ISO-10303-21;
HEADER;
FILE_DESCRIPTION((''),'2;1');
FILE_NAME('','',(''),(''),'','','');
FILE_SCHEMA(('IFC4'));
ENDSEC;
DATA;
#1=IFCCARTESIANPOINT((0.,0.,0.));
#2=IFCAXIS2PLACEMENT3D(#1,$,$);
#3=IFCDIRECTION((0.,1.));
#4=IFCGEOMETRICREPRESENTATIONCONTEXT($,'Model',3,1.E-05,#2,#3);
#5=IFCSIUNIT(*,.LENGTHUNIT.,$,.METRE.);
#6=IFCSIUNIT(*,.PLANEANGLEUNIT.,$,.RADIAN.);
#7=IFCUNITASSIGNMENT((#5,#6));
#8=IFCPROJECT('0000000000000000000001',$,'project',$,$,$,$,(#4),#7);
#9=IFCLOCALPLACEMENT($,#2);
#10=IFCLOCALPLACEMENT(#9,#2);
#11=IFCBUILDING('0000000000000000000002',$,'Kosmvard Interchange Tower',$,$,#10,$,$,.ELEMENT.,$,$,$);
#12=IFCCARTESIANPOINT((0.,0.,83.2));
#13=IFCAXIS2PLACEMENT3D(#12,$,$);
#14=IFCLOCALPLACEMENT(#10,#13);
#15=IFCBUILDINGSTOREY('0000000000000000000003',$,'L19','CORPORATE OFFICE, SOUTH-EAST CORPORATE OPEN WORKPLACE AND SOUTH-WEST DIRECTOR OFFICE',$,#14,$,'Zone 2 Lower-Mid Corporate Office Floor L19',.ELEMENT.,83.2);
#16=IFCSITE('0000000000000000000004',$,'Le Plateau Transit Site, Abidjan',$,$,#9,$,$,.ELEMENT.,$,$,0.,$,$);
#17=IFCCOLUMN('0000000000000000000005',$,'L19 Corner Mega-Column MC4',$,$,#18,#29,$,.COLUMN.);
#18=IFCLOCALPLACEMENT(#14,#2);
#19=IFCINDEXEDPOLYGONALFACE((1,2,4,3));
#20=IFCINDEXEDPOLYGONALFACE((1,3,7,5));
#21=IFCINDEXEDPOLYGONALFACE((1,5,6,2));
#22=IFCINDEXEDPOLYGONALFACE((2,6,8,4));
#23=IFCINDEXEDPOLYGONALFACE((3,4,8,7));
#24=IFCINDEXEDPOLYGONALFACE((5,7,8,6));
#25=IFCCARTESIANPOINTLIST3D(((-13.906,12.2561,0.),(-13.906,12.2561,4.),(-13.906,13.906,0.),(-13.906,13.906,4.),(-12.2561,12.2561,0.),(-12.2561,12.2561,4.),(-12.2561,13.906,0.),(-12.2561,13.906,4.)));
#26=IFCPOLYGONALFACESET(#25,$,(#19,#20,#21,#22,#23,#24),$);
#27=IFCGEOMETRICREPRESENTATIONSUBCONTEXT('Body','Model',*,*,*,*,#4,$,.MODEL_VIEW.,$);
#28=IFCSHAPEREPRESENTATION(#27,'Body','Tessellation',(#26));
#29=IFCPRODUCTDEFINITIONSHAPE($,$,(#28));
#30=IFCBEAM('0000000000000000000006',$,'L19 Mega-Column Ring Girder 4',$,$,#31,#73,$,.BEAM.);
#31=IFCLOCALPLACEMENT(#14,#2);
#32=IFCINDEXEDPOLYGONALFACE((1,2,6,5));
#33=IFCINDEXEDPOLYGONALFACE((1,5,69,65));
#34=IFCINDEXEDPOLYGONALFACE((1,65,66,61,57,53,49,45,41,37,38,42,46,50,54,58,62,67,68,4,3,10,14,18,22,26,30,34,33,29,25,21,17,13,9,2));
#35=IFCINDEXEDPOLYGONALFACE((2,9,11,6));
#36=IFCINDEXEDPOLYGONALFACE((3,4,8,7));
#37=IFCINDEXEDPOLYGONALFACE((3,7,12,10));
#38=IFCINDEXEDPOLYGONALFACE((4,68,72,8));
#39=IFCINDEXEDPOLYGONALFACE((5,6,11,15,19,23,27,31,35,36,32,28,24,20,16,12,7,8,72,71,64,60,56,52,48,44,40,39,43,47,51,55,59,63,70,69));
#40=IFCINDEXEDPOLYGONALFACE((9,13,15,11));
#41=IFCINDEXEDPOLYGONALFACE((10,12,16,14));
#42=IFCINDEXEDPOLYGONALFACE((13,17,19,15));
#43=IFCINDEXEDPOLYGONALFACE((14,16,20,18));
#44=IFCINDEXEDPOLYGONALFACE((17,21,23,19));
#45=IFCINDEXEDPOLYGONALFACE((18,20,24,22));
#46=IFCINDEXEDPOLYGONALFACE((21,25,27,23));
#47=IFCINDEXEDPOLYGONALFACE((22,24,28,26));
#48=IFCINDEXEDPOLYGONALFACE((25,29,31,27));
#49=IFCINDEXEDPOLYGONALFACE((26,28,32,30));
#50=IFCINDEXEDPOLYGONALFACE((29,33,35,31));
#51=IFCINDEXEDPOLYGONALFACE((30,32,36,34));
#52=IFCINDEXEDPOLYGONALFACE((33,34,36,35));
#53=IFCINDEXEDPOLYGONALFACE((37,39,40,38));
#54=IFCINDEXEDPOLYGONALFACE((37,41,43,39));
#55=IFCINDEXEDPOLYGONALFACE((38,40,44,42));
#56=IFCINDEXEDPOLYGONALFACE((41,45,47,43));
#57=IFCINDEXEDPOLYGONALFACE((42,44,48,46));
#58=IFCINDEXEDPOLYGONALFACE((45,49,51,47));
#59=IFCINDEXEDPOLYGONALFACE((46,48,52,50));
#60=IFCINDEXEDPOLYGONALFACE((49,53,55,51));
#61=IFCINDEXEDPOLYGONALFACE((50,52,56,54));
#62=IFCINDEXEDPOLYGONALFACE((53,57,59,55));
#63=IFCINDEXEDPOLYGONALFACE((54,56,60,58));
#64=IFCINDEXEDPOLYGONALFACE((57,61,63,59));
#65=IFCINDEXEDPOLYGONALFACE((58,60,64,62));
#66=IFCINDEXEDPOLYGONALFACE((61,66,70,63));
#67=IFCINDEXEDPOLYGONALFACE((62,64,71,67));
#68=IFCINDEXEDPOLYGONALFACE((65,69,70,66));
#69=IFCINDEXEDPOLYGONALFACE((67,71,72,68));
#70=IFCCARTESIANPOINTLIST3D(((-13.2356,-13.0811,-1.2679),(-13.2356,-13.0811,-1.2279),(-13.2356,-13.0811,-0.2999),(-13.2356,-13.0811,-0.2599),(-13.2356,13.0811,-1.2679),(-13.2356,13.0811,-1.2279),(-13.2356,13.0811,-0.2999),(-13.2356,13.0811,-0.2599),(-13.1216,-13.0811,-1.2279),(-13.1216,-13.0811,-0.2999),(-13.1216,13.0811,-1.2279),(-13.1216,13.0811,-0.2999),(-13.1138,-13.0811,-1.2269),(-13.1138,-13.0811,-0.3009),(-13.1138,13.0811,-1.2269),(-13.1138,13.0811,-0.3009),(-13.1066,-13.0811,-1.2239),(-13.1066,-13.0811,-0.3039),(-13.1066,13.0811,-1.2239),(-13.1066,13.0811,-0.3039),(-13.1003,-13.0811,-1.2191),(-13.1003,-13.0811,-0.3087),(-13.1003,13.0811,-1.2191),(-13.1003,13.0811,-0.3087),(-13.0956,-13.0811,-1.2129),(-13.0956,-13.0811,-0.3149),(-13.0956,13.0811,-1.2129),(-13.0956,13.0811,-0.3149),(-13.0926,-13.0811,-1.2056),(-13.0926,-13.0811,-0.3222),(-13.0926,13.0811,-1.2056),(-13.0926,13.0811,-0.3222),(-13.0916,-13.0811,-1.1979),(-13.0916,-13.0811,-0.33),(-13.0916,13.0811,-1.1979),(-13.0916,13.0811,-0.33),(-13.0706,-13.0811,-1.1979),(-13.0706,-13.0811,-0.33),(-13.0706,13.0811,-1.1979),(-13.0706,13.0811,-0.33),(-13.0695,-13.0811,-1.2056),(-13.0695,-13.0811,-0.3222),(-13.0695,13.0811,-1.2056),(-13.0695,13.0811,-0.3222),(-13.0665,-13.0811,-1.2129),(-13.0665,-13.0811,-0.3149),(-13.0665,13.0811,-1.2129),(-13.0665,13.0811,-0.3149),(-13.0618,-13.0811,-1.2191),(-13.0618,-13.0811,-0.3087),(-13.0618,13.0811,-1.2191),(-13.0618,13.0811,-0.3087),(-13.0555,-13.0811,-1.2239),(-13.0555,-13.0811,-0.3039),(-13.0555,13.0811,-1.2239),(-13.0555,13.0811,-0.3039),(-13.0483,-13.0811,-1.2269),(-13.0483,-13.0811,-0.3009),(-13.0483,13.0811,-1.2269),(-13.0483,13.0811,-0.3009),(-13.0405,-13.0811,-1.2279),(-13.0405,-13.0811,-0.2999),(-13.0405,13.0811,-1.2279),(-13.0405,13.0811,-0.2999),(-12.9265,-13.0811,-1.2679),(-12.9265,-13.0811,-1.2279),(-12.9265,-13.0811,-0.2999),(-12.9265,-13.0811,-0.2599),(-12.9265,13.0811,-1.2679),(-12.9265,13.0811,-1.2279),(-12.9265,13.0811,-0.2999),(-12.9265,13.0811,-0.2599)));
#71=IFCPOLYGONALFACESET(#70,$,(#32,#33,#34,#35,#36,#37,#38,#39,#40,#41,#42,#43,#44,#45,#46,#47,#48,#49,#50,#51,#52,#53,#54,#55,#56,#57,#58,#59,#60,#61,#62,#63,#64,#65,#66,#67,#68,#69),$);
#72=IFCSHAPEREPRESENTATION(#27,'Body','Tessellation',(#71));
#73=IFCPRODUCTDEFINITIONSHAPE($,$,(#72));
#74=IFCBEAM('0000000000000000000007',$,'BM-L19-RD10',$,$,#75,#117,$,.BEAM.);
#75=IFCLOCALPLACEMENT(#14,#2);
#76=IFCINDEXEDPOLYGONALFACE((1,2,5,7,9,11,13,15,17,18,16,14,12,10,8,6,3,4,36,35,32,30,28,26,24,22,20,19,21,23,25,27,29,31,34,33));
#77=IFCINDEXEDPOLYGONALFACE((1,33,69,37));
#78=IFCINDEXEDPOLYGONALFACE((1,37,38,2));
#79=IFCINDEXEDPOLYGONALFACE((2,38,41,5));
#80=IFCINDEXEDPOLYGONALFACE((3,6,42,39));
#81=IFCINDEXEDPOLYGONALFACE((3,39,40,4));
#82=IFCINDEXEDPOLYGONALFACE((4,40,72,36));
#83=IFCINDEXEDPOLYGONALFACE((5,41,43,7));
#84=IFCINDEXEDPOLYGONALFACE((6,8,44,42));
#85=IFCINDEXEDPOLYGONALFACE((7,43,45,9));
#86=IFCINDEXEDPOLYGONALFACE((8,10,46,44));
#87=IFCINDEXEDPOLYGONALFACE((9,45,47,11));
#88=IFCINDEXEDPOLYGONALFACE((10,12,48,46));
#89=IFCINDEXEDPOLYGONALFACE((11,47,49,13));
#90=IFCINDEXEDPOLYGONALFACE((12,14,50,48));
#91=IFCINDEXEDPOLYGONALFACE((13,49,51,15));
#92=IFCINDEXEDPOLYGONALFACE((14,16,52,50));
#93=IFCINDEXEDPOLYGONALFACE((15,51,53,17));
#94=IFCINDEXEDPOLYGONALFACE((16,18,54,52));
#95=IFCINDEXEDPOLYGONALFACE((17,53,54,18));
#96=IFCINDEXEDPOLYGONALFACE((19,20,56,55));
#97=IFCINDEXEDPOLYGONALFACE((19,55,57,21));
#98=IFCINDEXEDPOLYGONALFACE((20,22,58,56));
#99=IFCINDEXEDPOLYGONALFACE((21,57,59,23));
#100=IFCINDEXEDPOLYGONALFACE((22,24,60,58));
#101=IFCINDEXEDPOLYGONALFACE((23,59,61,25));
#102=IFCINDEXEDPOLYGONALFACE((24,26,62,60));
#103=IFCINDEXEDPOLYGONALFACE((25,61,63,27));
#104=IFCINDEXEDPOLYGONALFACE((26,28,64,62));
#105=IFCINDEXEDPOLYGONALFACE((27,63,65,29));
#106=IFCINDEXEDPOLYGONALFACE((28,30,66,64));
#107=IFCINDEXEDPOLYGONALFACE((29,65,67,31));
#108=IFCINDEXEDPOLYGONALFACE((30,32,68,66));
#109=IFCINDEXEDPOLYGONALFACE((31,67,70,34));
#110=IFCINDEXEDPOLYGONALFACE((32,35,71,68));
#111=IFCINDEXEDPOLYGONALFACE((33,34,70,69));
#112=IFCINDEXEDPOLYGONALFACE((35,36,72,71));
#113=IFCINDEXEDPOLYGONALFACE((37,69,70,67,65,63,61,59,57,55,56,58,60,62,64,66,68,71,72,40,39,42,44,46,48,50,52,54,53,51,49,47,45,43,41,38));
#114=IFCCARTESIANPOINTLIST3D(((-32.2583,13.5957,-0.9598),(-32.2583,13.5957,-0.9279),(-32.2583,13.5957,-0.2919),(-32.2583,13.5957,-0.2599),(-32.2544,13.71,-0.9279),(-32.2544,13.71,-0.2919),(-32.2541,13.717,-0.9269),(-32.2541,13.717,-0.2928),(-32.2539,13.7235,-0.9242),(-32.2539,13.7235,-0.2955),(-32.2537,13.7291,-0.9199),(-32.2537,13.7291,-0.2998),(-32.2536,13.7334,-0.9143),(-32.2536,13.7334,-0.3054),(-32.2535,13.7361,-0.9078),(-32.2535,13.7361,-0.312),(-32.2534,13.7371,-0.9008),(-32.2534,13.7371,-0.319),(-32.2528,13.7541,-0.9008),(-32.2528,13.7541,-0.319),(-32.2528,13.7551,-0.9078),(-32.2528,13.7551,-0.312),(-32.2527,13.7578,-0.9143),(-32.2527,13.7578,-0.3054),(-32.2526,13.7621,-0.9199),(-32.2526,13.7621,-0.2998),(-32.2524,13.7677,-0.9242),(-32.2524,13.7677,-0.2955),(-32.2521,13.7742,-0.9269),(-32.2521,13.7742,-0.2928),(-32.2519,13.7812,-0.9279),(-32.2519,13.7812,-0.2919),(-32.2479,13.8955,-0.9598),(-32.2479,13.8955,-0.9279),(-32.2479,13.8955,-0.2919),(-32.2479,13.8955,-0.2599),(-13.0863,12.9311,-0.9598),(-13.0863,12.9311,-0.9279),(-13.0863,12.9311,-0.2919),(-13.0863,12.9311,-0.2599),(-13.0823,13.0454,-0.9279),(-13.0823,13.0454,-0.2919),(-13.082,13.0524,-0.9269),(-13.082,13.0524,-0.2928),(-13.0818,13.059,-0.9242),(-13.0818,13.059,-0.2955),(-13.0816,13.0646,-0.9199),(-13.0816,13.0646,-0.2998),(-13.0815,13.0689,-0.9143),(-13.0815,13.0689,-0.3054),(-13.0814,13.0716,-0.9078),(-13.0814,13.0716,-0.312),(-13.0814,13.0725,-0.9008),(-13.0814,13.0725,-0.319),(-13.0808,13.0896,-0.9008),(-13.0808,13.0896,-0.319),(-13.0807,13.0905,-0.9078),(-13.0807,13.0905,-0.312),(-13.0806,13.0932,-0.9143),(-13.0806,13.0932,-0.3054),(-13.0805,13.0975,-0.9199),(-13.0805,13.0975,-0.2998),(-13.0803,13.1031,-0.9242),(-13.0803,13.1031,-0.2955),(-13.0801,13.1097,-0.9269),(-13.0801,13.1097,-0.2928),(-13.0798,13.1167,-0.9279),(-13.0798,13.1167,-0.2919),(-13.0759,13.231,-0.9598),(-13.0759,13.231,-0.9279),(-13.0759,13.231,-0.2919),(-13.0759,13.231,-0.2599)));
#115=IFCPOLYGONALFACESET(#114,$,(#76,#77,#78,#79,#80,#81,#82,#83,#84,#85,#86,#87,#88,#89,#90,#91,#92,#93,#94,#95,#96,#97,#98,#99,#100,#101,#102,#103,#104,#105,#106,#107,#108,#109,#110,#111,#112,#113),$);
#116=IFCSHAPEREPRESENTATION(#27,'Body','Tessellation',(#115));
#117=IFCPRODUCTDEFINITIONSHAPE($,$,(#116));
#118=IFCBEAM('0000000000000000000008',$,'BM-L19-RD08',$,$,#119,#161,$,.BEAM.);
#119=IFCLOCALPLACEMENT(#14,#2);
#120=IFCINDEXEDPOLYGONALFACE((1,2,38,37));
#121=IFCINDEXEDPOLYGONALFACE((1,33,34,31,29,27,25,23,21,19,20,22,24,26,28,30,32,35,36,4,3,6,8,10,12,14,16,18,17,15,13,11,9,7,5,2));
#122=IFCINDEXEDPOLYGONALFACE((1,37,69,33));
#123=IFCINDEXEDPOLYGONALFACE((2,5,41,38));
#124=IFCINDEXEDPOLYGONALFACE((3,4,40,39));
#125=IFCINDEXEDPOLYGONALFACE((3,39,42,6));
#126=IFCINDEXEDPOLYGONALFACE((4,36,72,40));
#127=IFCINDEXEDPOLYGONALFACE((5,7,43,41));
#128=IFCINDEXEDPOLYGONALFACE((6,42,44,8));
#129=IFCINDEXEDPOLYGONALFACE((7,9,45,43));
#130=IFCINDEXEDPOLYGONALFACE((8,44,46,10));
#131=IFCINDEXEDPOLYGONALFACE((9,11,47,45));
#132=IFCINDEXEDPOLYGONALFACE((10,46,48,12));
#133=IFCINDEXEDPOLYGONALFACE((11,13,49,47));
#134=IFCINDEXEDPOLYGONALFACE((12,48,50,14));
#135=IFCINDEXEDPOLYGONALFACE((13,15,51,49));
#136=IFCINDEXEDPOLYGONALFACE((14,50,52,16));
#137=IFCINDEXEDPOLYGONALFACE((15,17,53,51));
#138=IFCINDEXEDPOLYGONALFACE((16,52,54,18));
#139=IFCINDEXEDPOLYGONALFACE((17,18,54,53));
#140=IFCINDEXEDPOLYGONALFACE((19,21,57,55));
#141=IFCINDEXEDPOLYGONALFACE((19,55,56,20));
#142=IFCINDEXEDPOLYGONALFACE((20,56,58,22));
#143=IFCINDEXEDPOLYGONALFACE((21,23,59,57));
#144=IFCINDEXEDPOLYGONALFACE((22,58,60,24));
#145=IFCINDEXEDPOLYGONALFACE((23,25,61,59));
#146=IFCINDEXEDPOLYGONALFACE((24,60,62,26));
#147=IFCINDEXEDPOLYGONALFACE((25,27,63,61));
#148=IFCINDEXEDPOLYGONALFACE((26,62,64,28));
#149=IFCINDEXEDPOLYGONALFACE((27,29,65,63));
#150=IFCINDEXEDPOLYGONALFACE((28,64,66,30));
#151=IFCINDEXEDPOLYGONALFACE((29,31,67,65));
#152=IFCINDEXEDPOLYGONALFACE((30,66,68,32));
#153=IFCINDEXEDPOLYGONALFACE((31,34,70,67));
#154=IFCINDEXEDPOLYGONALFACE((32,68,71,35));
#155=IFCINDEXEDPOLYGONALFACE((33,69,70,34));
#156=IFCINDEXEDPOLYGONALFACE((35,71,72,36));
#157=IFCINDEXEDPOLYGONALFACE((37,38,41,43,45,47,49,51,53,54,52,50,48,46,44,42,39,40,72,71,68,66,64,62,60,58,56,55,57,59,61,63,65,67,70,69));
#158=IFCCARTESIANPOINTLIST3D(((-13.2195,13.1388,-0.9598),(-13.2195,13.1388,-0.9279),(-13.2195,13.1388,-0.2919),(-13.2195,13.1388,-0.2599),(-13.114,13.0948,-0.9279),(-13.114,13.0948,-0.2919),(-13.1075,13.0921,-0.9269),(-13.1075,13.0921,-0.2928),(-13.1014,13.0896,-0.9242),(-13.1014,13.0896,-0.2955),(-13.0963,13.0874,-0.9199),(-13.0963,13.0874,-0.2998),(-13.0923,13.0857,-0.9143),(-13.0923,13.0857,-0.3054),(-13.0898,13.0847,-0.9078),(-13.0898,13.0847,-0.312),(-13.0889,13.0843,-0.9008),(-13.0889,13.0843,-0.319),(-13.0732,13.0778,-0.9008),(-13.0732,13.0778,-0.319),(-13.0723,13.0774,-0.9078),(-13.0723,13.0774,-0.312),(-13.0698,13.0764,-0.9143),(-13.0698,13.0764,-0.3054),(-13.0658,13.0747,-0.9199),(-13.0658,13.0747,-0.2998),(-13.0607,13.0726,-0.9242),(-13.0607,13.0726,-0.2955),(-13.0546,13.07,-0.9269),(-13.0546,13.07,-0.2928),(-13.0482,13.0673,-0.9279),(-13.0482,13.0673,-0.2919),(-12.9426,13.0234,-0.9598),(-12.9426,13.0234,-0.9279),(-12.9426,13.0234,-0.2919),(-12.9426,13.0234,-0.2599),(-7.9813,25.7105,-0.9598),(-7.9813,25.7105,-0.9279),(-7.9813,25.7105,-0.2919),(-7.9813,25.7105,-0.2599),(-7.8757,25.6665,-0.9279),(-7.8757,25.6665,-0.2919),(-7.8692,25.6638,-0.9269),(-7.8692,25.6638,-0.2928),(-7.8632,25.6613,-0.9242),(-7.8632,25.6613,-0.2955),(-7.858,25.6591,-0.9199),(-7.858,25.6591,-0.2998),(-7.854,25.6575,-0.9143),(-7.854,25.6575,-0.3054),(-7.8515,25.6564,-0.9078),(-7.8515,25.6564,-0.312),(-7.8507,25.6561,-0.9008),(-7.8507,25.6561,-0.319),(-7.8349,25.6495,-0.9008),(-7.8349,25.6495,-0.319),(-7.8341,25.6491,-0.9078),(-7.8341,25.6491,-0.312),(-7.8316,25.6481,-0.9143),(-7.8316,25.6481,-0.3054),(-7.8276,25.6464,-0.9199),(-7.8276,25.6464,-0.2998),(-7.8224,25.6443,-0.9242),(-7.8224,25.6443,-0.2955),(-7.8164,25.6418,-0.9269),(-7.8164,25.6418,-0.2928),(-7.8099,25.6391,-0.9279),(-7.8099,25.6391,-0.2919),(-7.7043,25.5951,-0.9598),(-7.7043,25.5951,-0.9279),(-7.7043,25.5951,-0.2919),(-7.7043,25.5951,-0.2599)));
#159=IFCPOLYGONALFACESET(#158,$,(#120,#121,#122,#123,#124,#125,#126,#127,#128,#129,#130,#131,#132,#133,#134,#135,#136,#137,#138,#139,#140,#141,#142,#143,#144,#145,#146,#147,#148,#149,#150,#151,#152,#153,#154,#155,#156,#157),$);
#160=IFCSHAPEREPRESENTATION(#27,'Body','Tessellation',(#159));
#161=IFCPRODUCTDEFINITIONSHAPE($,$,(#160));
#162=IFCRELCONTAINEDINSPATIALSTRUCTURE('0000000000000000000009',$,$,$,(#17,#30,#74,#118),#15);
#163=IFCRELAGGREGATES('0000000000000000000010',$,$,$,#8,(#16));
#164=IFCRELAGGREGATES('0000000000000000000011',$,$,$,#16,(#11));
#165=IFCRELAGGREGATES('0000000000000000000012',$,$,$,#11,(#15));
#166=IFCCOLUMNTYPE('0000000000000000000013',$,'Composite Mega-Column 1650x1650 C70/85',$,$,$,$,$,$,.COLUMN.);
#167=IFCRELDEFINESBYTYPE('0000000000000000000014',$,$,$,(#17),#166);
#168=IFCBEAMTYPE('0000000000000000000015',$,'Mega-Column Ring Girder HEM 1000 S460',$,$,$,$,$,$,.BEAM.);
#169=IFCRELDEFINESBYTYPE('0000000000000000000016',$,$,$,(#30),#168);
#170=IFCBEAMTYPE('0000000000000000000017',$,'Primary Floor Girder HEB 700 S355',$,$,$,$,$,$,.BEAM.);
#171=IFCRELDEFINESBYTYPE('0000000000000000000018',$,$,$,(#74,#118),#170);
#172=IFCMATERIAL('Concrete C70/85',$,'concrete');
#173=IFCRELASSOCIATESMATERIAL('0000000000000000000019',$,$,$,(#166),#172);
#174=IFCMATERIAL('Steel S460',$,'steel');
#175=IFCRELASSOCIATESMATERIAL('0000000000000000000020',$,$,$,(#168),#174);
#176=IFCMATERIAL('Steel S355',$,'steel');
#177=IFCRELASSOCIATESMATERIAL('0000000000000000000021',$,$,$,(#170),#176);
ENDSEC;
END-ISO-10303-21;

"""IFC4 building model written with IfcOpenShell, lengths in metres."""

from ifc_helpers import new_model, si_unit, direction, frame, origin, origin_2d, place, context, subcontext, project, spatial, rectangle, i_section, extrude, source, transform, mapped, material, material_profile, profile_set, type_object, element, save


model = new_model("IFC4")

# Units and contexts
model_context = context("Model", 3, precision=1e-05, world=origin(), true_north=direction((0.0, 1.0)))
body_context = subcontext(model_context, "Body", "Model", "MODEL_VIEW")
ifc_project = project(units=[si_unit("LENGTHUNIT", "METRE"), si_unit("PLANEANGLEUNIT", "RADIAN")], contexts=[model_context])

# Site, building, storey
site_placement = place(None, origin())
site = spatial("IfcSite", under=ifc_project, at=site_placement, Name="Le Plateau Transit Site, Abidjan", CompositionType="ELEMENT", RefElevation=0.0)
building_placement = place(site_placement, origin())
building = spatial("IfcBuilding", under=site, at=building_placement, Name="Kosmvard Interchange Tower", CompositionType="ELEMENT")
storey_placement = place(building_placement, frame((0.0, 0.0, 83.2)))
storey = spatial("IfcBuildingStorey", under=building, at=storey_placement, Name="L19", Description="CORPORATE OFFICE, SOUTH-EAST CORPORATE OPEN WORKPLACE AND SOUTH-WEST DIRECTOR OFFICE", LongName="Zone 2 Lower-Mid Corporate Office Floor L19", CompositionType="ELEMENT", Elevation=83.2)

# Column
ifc_material_1 = material(Name="Concrete C70/85", Category="concrete")
ifc_material_profile_1 = material_profile(ifc_material_1, rectangle(XDim=1.6499, YDim=1.6499, at=origin_2d()), Name="MC 1650x1650")
ifc_profile_set_1 = profile_set([ifc_material_profile_1], Name="Concrete C70/85")
column_type = type_object("IfcColumnType", Name="Composite Mega-Column 1650x1650 C70/85", PredefinedType="COLUMN", material=ifc_profile_set_1)
shared_shape_1 = source(origin(), body_context, "Body", "SweptSolid", [
    extrude(rectangle(XDim=1.6499, YDim=1.6499, at=origin_2d()), origin(), (0.0, 0.0, 1.0), 4.0),
])
column_placement = place(storey_placement, frame((-13.0811, 13.0811, 0.0), z_axis=(0.0, 0.0, 1.0), x_axis=(1.0, 0.0, 0.0)))
element("IfcColumn", 1, at=column_placement, inside=storey, type_object=column_type, Name="L19 Corner Mega-Column MC4", PredefinedType="COLUMN", context=body_context, shape_type="MappedRepresentation", body=[
    mapped(shared_shape_1, transform((0.0, 0.0, 0.0), scale=1.0)),
])

# Beams
ifc_material_2 = material(Name="Steel S460", Category="steel")
ifc_material_profile_2 = material_profile(ifc_material_2, i_section(OverallWidth=0.3091, OverallDepth=1.0081, WebThickness=0.021, FlangeThickness=0.04, FilletRadius=0.03, at=origin_2d()), Name="HEM 1000")
ifc_profile_set_2 = profile_set([ifc_material_profile_2], Name="Steel S460")
beam_type_1 = type_object("IfcBeamType", Name="Mega-Column Ring Girder HEM 1000 S460", PredefinedType="BEAM", material=ifc_profile_set_2)
shared_shape_2 = source(origin(), body_context, "Body", "SweptSolid", [
    extrude(i_section(OverallWidth=0.3091, OverallDepth=1.0081, WebThickness=0.021, FlangeThickness=0.04, FilletRadius=0.03, at=origin_2d()), origin(), (0.0, 0.0, 1.0), 26.1621),
])
beam_1_placement = place(storey_placement, frame((-13.0811, 13.0811, -0.7639), z_axis=(0.0, -1.0, 0.0), x_axis=(1.0, 0.0, 0.0)))
element("IfcBeam", 2, at=beam_1_placement, inside=storey, type_object=beam_type_1, Name="L19 Mega-Column Ring Girder 4", PredefinedType="BEAM", context=body_context, shape_type="MappedRepresentation", body=[
    mapped(shared_shape_2, transform((0.0, 0.0, 0.0), scale=1.0)),
])
ifc_material_3 = material(Name="Steel S355", Category="steel")
ifc_material_profile_3 = material_profile(ifc_material_3, i_section(OverallWidth=0.3, OverallDepth=0.7, WebThickness=0.0171, FlangeThickness=0.032, FilletRadius=0.0271, at=origin_2d()), Name="HEB 700")
ifc_profile_set_3 = profile_set([ifc_material_profile_3], Name="Steel S355")
beam_type_2 = type_object("IfcBeamType", Name="Primary Floor Girder HEB 700 S355", PredefinedType="BEAM", material=ifc_profile_set_3)
shared_shape_3 = source(origin(), body_context, "Body", "SweptSolid", [
    extrude(i_section(OverallWidth=0.3, OverallDepth=0.7, WebThickness=0.0171, FlangeThickness=0.032, FilletRadius=0.0271, at=origin_2d()), origin(), (0.0, 0.0, 1.0), 19.1836),
])
beam_2_placement = place(storey_placement, frame((-13.0811, 13.0811, -0.6099), z_axis=(-0.9994, 0.034642, 0.0), x_axis=(-0.034642, -0.9994, 0.0)))
element("IfcBeam", 3, at=beam_2_placement, inside=storey, type_object=beam_type_2, Name="BM-L19-RD10", PredefinedType="BEAM", context=body_context, shape_type="MappedRepresentation", body=[
    mapped(shared_shape_3, transform((0.0, 0.0, 0.0), scale=1.0)),
])
shared_shape_4 = source(origin(), body_context, "Body", "SweptSolid", [
    extrude(i_section(OverallWidth=0.3, OverallDepth=0.7, WebThickness=0.0171, FlangeThickness=0.032, FilletRadius=0.0271, at=origin_2d()), origin(), (0.0, 0.0, 1.0), 13.6194),
])
beam_3_placement = place(storey_placement, frame((-13.0811, 13.0811, -0.6099), z_axis=(0.384618, 0.923076, 0.0), x_axis=(-0.923076, 0.384618, 0.0)))
element("IfcBeam", 4, at=beam_3_placement, inside=storey, type_object=beam_type_2, Name="BM-L19-RD08", PredefinedType="BEAM", context=body_context, shape_type="MappedRepresentation", body=[
    mapped(shared_shape_4, transform((0.0, 0.0, 0.0), scale=1.0)),
])

save(model, "model.ifc")
